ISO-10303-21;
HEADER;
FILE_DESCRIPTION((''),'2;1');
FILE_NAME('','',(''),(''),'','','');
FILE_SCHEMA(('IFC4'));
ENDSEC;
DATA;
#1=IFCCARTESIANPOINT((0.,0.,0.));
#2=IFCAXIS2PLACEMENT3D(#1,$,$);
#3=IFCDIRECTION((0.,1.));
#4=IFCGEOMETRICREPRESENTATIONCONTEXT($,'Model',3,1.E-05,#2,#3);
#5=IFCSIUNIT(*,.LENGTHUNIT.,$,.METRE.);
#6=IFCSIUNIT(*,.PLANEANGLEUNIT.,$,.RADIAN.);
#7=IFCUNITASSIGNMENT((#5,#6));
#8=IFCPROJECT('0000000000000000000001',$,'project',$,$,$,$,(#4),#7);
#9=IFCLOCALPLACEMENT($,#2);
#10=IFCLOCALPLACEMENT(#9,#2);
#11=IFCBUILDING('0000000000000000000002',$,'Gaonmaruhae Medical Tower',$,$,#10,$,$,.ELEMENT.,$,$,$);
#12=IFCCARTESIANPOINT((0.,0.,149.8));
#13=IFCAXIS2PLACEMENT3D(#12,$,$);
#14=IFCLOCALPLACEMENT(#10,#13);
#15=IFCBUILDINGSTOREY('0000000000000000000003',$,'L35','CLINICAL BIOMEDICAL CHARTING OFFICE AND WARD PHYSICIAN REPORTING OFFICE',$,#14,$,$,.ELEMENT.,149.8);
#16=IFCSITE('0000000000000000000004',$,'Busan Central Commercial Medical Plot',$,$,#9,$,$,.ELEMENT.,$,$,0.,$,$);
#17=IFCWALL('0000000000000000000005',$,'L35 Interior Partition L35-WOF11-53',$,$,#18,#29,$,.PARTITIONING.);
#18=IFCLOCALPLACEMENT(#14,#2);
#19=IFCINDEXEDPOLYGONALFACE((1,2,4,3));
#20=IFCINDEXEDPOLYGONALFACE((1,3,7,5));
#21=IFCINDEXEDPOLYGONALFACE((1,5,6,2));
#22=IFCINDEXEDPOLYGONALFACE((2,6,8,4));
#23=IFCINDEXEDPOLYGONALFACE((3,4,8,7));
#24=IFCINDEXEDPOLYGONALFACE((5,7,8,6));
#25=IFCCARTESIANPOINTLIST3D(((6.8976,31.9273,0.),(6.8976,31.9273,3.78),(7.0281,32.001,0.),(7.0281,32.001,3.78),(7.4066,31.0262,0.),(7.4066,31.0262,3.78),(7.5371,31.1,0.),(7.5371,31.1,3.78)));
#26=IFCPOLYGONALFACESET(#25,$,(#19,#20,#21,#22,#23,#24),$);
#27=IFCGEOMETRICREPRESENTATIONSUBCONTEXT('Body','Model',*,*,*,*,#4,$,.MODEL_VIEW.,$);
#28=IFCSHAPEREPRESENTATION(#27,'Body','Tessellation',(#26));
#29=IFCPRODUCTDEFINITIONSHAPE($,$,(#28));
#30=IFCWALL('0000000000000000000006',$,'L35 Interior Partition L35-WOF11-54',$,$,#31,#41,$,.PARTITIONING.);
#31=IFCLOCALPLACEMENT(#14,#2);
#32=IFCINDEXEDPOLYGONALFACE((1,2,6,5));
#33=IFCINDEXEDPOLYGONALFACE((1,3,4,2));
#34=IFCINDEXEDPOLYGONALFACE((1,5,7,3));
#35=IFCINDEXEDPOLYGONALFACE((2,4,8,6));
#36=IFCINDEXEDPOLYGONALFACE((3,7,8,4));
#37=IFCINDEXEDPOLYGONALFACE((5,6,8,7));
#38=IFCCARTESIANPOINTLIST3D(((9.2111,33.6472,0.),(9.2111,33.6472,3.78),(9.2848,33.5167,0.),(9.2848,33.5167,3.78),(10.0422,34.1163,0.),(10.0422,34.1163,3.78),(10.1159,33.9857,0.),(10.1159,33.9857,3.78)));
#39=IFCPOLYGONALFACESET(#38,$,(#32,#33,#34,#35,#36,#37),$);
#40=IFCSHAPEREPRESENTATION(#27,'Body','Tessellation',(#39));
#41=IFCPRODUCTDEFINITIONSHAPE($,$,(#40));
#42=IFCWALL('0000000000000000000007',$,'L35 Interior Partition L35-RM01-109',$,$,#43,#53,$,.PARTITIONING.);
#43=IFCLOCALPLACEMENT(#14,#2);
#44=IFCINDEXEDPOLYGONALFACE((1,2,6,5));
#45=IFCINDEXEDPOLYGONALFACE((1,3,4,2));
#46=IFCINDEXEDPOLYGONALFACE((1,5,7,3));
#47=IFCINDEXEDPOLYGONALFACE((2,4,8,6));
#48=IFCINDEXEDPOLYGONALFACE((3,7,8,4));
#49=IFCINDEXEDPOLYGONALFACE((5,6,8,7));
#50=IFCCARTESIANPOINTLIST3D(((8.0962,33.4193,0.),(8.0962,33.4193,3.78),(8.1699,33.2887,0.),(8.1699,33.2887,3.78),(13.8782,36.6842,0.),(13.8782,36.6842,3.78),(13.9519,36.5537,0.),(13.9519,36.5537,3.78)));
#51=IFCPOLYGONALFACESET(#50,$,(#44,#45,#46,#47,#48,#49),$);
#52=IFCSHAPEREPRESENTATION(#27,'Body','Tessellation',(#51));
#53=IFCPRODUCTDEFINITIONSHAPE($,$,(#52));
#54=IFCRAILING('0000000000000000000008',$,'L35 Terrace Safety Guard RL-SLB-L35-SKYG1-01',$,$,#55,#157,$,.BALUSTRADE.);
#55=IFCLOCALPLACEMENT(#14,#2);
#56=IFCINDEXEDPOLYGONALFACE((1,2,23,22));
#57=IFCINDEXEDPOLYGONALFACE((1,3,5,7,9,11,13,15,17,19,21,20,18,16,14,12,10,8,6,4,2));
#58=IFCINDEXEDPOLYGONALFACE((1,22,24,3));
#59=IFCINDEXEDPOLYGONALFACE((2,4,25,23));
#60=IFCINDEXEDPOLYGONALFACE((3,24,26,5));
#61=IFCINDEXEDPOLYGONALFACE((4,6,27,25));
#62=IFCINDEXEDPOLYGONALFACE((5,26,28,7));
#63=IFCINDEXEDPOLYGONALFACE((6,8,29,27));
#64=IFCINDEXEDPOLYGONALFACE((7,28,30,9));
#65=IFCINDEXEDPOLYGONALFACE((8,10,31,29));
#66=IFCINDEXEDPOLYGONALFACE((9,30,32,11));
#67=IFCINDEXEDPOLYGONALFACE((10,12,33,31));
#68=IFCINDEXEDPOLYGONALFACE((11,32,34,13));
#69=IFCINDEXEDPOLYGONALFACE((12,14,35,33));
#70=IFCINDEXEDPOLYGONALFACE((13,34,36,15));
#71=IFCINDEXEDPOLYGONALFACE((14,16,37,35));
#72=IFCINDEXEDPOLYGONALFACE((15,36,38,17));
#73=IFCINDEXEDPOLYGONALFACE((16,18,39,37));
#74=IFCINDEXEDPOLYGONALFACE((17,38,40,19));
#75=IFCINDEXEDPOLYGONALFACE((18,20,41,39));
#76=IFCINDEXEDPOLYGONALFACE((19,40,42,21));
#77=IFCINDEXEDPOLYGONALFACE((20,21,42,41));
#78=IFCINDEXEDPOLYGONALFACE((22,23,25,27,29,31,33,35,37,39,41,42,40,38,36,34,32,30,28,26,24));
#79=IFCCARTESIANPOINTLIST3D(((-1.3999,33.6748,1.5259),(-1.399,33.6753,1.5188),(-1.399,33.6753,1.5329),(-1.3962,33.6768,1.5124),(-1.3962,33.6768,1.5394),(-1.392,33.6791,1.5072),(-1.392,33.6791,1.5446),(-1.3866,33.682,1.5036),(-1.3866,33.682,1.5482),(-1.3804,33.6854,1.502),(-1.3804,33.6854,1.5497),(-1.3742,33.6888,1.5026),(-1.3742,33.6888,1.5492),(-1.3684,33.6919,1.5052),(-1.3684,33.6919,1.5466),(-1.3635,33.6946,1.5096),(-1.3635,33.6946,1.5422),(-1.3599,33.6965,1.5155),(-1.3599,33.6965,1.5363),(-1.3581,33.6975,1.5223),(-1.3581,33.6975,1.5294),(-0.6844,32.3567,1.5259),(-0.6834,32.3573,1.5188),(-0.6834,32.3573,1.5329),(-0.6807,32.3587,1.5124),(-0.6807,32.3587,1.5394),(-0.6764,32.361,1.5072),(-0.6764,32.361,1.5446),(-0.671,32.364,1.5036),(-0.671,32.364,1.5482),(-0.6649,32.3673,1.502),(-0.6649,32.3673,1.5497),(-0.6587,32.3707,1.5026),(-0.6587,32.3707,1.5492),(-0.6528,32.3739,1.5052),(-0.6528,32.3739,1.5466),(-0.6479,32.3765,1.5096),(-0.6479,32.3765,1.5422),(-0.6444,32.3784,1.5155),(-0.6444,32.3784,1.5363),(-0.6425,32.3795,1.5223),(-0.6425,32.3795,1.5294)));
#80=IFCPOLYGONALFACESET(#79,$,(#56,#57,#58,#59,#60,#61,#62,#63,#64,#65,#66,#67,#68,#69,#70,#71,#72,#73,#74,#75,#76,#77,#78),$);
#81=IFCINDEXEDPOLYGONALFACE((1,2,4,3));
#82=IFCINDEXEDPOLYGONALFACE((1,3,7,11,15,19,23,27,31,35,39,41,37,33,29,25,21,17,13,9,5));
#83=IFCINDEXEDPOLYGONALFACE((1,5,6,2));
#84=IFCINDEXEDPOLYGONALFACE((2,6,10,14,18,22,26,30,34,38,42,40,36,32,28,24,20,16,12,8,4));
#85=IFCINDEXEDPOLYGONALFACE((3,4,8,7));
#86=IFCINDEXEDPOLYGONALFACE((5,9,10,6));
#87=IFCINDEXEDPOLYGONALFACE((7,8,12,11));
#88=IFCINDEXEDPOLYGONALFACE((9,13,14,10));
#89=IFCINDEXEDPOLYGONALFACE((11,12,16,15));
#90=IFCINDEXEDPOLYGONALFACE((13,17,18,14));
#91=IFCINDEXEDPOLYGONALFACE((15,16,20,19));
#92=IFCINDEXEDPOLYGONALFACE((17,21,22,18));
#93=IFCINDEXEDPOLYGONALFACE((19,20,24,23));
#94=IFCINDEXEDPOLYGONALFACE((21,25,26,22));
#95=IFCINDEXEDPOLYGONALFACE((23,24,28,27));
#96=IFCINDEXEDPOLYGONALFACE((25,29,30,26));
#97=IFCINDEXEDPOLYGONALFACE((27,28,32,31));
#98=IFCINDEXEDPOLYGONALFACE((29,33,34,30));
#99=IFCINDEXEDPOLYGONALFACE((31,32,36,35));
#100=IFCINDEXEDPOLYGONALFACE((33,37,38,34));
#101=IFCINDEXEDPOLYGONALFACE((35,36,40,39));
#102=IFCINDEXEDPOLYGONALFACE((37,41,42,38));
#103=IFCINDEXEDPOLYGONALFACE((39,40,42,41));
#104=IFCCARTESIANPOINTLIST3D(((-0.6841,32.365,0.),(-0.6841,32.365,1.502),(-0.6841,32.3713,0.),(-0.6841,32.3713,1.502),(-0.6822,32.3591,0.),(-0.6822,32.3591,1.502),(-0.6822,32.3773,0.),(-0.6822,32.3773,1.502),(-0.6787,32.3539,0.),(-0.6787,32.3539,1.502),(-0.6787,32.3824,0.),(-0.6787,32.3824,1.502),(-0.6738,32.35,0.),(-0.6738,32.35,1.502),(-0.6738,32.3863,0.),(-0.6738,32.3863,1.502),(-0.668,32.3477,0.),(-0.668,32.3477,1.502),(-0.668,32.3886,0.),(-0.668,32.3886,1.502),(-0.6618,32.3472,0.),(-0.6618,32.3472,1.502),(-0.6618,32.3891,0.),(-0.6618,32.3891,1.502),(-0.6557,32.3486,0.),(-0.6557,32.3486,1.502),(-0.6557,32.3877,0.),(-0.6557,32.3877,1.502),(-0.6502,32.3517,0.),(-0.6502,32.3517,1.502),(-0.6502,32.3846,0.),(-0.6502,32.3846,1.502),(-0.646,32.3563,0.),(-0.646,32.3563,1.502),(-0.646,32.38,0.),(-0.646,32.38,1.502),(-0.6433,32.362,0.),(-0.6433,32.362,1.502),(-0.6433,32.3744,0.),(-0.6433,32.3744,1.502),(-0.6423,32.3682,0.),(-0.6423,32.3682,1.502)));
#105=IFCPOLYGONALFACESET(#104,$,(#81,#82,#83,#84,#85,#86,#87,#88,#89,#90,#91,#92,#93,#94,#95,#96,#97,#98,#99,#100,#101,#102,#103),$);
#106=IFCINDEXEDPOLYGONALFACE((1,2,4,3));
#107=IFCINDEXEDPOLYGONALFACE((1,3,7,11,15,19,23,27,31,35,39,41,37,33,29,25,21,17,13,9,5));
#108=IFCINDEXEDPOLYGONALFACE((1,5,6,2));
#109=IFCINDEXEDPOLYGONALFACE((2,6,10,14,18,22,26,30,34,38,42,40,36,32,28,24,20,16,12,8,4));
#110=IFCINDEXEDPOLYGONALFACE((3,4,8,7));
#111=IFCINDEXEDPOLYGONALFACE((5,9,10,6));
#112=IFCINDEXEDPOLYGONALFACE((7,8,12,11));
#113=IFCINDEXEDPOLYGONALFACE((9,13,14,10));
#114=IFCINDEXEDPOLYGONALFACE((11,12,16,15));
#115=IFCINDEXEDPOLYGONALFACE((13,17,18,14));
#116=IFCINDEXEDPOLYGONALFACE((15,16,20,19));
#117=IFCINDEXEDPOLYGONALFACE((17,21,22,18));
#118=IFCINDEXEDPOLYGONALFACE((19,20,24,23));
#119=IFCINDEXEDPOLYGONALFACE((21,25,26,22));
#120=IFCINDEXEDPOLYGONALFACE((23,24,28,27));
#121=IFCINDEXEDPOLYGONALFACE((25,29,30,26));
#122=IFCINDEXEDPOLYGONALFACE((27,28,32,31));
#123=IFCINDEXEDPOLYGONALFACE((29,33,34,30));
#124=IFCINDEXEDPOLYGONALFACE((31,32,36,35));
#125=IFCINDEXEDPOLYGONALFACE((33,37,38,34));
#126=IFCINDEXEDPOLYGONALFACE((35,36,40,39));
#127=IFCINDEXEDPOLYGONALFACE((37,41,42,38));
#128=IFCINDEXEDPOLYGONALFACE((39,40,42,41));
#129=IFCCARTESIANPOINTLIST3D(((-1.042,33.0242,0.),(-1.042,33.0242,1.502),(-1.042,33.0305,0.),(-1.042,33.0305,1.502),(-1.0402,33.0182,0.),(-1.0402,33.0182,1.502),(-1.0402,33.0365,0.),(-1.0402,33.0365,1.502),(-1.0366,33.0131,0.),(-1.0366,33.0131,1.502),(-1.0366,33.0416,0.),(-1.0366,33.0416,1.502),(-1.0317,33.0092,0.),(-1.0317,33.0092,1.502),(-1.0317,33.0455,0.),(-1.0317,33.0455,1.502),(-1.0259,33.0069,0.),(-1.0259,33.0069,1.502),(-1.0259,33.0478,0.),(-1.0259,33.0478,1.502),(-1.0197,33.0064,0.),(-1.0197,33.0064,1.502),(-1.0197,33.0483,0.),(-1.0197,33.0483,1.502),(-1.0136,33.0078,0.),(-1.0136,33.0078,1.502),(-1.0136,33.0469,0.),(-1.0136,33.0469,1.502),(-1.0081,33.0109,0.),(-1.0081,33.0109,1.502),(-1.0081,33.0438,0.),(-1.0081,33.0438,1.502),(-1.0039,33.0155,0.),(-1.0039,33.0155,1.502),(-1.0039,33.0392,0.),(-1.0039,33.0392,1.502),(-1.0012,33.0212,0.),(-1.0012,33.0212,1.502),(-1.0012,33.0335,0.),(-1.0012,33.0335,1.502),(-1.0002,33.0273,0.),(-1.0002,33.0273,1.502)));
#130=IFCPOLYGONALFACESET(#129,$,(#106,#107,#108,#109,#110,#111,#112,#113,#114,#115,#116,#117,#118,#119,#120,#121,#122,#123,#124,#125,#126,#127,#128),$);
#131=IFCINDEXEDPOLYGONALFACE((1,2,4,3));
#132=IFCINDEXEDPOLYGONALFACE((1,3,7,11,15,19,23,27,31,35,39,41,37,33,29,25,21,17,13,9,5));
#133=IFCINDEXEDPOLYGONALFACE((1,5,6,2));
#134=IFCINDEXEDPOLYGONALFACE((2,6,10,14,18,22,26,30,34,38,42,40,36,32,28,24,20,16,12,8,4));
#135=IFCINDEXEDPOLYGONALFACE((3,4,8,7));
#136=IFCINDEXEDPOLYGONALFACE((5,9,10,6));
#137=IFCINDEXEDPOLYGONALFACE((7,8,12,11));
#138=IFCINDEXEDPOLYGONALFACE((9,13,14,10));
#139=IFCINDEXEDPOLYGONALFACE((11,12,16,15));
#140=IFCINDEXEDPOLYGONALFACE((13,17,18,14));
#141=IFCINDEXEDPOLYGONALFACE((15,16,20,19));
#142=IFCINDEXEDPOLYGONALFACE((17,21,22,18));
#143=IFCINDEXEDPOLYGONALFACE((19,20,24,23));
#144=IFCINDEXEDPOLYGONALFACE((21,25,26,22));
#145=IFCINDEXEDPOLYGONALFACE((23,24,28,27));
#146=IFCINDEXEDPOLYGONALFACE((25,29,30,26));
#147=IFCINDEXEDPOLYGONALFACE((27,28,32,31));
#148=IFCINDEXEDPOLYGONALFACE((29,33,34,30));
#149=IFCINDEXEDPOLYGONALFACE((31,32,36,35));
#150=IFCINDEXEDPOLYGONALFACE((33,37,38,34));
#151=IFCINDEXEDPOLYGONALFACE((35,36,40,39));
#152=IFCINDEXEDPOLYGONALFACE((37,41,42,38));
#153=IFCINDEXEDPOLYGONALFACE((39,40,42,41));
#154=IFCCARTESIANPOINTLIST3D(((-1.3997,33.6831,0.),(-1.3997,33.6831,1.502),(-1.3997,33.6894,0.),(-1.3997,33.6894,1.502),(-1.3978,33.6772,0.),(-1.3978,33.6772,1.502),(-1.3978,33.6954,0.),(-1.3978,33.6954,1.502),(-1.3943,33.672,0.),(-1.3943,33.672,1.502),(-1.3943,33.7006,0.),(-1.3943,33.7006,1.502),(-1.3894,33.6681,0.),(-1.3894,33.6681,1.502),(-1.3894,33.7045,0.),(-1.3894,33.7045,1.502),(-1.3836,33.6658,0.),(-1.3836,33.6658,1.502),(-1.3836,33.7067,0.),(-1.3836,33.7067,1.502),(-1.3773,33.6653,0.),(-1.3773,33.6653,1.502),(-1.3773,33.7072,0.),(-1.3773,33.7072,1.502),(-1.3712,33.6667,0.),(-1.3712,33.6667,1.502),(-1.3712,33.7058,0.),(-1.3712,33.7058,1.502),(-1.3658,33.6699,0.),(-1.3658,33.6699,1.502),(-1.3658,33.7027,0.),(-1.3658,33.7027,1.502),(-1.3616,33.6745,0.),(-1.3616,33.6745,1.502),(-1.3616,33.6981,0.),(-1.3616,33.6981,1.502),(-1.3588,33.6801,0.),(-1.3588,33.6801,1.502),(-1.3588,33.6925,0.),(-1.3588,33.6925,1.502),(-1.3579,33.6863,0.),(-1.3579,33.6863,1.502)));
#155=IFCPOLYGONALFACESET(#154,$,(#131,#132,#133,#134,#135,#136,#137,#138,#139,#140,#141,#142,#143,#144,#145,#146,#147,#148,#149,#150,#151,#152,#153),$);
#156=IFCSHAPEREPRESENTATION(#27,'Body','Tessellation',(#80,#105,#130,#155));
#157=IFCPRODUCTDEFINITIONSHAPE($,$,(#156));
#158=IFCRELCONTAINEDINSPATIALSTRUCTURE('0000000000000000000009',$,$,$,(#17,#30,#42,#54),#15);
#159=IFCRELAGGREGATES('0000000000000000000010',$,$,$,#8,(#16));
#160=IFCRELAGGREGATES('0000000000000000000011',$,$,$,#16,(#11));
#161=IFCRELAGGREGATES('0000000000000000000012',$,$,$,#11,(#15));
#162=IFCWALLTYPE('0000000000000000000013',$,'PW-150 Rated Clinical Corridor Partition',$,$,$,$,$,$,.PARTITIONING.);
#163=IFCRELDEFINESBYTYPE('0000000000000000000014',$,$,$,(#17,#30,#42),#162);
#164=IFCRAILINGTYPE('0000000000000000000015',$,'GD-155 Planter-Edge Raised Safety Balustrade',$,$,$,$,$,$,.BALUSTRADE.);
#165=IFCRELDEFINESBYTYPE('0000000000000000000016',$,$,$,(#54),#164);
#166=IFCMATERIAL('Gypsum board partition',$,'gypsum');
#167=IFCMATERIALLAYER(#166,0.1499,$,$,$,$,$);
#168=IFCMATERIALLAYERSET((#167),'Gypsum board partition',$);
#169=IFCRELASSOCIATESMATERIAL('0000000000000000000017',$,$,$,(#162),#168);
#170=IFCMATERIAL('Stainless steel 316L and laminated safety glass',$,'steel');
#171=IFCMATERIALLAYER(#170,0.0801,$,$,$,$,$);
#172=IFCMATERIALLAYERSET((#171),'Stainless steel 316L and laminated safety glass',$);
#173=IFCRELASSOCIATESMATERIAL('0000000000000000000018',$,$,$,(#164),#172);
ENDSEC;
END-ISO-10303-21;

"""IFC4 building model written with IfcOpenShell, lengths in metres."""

from ifc_helpers import new_model, si_unit, direction, frame, frame_2d, origin, origin_2d, place, context, subcontext, project, spatial, rectangle, circle, extrude, material, layer, layer_set, type_object, element, save


model = new_model("IFC4")

# Units and contexts
model_context = context("Model", 3, precision=1e-05, world=origin(), true_north=direction((0.0, 1.0)))
body_context = subcontext(model_context, "Body", "Model", "MODEL_VIEW")
ifc_project = project(units=[si_unit("LENGTHUNIT", "METRE"), si_unit("PLANEANGLEUNIT", "RADIAN")], contexts=[model_context])

# Site, building, storey
site_placement = place(None, origin())
site = spatial("IfcSite", under=ifc_project, at=site_placement, Name="Busan Central Commercial Medical Plot", CompositionType="ELEMENT", RefElevation=0.0)
building_placement = place(site_placement, origin())
building = spatial("IfcBuilding", under=site, at=building_placement, Name="Gaonmaruhae Medical Tower", CompositionType="ELEMENT")
storey_placement = place(building_placement, frame((0.0, 0.0, 149.8)))
storey = spatial("IfcBuildingStorey", under=building, at=storey_placement, Name="L35", Description="CLINICAL BIOMEDICAL CHARTING OFFICE AND WARD PHYSICIAN REPORTING OFFICE", CompositionType="ELEMENT", Elevation=149.8)

# Walls
ifc_material_1 = material(Name="Gypsum board partition", Category="gypsum")
ifc_layer_1 = layer(ifc_material_1, 0.1499)
ifc_layer_set_1 = layer_set([ifc_layer_1], Name="Gypsum board partition")
wall_type_1 = type_object("IfcWallType", Name="PW-150 Rated Clinical Corridor Partition", PredefinedType="PARTITIONING", material=ifc_layer_set_1)
wall_1_placement = place(storey_placement, frame((7.4719, 31.063, 0.0), z_axis=(0.0, 0.0, 1.0), x_axis=(-0.49184, 0.870686, 0.0)))
element("IfcWall", 1, at=wall_1_placement, inside=storey, type_object=wall_type_1, Name="L35 Interior Partition L35-WOF11-53", PredefinedType="PARTITIONING", context=body_context, shape_type="SweptSolid", body=[
    extrude(rectangle(XDim=1.0349, YDim=0.1499, at=frame_2d((0.5176, 0.0))), origin(), (0.0, 0.0, 1.0), 3.78),
])
wall_2_placement = place(storey_placement, frame((9.248, 33.582, 0.0), z_axis=(0.0, 0.0, 1.0), x_axis=(0.870891, 0.491475, 0.0)))
element("IfcWall", 2, at=wall_2_placement, inside=storey, type_object=wall_type_1, Name="L35 Interior Partition L35-WOF11-54", PredefinedType="PARTITIONING", context=body_context, shape_type="SweptSolid", body=[
    extrude(rectangle(XDim=0.9543, YDim=0.1499, at=frame_2d((0.4771, 0.0))), origin(), (0.0, 0.0, 1.0), 3.78),
])

# Wall
wall_3_placement = place(storey_placement, frame((8.1331, 33.354, 0.0), z_axis=(0.0, 0.0, 1.0), x_axis=(0.870768, 0.491694, 0.0)))
element("IfcWall", 3, at=wall_3_placement, inside=storey, type_object=wall_type_1, Name="L35 Interior Partition L35-RM01-109", PredefinedType="PARTITIONING", context=body_context, shape_type="SweptSolid", body=[
    extrude(rectangle(XDim=6.6401, YDim=0.1499, at=frame_2d((3.3201, 0.0))), origin(), (0.0, 0.0, 1.0), 3.78),
])

# Railing
ifc_material_2 = material(Name="Stainless steel 316L and laminated safety glass", Category="steel")
ifc_layer_2 = layer(ifc_material_2, 0.0801)
ifc_layer_set_2 = layer_set([ifc_layer_2], Name="Stainless steel 316L and laminated safety glass")
railing_type = type_object("IfcRailingType", Name="GD-155 Planter-Edge Raised Safety Balustrade", PredefinedType="BALUSTRADE", material=ifc_layer_set_2)
railing_1_placement = place(storey_placement, frame((-0.6633, 32.3682, 0.0)))
element("IfcRailing", 4, at=railing_1_placement, inside=storey, type_object=railing_type, Name="L35 Terrace Safety Guard RL-SLB-L35-SKYG1-01", PredefinedType="BALUSTRADE", context=body_context, shape_type="SweptSolid", body=[
    extrude(circle(Radius=0.0239, at=origin_2d()), frame((0.0, 0.0, 1.5259), z_axis=(-0.477106, 0.878846, 0.0), x_axis=(-0.878846, -0.477106, 0.0)), (0.0, 0.0, 1.0), 1.4998),
    extrude(circle(Radius=0.021, at=origin_2d()), origin(), (0.0, 0.0, 1.0), 1.502),
    extrude(circle(Radius=0.021, at=origin_2d()), frame((-0.3579, 0.6592, 0.0)), (0.0, 0.0, 1.0), 1.502),
    extrude(circle(Radius=0.021, at=origin_2d()), frame((-0.7156, 1.3181, 0.0)), (0.0, 0.0, 1.0), 1.502),
])

save(model, "model.ifc")
